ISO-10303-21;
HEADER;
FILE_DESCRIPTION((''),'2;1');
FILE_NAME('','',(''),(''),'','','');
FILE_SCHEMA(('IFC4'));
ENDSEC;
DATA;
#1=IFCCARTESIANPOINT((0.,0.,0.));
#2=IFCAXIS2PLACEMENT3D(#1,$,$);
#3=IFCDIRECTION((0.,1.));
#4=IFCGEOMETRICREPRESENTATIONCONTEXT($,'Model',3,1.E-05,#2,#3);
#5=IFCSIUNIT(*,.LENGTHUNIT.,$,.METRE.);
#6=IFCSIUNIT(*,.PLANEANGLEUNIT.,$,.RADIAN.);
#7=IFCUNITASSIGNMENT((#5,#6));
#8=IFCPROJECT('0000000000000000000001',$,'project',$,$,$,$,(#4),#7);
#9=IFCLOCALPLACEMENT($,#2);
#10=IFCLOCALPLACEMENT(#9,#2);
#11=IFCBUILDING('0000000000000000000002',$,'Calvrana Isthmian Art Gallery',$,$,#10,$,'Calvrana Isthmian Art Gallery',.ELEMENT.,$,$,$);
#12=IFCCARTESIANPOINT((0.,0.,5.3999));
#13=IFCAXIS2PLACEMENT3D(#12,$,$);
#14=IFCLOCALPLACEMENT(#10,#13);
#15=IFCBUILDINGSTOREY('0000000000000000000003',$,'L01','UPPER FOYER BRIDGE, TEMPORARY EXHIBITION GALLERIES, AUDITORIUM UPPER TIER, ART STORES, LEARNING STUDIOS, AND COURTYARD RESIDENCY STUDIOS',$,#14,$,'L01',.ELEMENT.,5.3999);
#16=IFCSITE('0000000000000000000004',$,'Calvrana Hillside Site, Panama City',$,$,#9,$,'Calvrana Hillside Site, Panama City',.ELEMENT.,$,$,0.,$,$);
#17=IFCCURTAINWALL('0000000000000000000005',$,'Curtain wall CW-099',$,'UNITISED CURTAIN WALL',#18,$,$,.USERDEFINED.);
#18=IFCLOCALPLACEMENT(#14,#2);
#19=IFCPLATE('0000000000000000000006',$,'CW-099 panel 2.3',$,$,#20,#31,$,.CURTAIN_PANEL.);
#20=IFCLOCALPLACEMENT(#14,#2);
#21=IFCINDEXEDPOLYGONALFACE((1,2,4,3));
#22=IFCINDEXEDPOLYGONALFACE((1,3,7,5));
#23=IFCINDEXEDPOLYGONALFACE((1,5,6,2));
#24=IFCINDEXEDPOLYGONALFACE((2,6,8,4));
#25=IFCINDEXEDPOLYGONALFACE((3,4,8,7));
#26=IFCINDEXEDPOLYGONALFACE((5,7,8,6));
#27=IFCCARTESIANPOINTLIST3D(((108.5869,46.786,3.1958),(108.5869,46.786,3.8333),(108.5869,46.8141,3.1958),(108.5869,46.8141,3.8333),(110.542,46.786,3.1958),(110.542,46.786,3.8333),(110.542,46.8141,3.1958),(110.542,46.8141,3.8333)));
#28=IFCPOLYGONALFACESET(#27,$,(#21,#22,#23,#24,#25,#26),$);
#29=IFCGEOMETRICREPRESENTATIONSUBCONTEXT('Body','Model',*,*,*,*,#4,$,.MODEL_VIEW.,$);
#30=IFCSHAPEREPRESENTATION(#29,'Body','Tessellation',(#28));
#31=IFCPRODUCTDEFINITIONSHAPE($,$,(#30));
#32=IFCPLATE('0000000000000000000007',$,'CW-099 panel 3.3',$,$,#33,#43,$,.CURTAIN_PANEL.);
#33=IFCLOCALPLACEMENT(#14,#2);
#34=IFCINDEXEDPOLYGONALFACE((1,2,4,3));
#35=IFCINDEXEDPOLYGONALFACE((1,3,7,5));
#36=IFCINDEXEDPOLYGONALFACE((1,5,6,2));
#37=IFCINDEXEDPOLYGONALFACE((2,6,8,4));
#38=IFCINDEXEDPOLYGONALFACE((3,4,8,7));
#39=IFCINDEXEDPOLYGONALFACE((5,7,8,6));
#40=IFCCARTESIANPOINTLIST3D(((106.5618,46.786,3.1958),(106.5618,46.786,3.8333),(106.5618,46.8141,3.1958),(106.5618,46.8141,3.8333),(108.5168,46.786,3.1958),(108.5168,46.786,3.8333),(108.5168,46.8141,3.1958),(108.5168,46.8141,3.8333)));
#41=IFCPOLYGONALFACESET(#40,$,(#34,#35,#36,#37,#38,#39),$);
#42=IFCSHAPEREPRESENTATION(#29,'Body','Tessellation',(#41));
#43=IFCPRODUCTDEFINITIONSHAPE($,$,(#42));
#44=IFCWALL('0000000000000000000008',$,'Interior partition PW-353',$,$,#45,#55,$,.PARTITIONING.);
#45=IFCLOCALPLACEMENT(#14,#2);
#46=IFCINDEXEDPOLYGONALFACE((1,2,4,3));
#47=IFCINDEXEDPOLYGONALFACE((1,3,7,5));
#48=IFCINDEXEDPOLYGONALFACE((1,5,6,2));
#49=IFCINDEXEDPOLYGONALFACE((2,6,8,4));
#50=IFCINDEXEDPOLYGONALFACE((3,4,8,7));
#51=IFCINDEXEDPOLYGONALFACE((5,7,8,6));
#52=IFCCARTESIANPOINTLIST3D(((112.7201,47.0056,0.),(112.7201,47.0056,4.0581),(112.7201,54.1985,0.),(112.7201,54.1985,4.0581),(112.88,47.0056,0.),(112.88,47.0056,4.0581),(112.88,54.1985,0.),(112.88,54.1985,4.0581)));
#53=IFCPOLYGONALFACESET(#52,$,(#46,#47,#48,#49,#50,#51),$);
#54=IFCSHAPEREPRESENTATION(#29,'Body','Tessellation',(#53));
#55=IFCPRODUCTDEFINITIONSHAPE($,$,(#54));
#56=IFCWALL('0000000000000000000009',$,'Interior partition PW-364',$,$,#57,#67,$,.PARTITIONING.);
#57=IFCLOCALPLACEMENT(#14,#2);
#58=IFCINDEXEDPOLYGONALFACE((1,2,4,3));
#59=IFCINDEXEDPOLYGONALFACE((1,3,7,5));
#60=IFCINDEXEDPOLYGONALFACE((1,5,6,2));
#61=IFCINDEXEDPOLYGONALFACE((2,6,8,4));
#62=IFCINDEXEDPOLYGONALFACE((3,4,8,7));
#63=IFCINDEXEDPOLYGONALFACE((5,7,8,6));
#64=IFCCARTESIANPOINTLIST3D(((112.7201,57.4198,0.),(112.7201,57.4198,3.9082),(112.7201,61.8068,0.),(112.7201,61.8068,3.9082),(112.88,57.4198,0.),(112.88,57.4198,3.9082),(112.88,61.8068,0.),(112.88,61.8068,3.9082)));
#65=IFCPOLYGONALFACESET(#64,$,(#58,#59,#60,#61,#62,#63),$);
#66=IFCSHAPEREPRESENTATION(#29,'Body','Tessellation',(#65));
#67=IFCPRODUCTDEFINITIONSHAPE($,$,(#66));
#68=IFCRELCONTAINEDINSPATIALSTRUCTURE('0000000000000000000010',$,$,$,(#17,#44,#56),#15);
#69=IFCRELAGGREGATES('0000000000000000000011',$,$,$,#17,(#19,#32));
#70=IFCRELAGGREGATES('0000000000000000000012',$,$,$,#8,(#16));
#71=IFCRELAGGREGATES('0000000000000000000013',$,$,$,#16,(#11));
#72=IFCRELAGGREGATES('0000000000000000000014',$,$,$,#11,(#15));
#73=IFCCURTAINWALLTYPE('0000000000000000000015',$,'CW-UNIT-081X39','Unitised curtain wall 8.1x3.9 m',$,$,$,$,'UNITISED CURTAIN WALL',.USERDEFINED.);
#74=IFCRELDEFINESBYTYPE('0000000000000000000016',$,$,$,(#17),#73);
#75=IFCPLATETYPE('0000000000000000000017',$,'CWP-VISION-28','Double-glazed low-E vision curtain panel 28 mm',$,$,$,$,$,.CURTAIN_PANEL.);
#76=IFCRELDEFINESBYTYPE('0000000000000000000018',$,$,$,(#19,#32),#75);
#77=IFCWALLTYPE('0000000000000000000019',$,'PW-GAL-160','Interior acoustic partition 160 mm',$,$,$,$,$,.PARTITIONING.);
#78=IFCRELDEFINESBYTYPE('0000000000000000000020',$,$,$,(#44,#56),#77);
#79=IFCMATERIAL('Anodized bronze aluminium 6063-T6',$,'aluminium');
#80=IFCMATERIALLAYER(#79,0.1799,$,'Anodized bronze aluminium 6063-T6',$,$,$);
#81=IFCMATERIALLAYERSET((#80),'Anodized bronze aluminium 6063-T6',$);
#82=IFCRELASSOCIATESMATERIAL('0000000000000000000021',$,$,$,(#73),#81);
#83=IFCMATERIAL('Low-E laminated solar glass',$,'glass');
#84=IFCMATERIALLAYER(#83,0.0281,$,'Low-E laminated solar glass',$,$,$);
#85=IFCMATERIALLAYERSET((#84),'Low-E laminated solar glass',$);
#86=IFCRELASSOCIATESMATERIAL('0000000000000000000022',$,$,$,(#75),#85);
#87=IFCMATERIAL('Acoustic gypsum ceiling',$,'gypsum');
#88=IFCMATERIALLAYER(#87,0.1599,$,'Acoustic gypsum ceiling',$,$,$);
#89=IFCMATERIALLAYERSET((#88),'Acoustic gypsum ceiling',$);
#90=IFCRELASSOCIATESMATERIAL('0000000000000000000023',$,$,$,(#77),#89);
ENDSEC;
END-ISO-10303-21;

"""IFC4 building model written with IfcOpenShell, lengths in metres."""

from ifc_helpers import new_model, si_unit, direction, frame, frame_2d, origin, origin_2d, place, context, subcontext, project, spatial, rectangle, extrude, material, layer, layer_set, type_object, element, aggregate, save


model = new_model("IFC4")

# Units and contexts
model_context = context("Model", 3, precision=1e-05, world=origin(), true_north=direction((0.0, 1.0)))
body_context = subcontext(model_context, "Body", "Model", "MODEL_VIEW")
ifc_project = project(units=[si_unit("LENGTHUNIT", "METRE"), si_unit("PLANEANGLEUNIT", "RADIAN")], contexts=[model_context])

# Site, building, storey
site_placement = place(None, origin())
site = spatial("IfcSite", under=ifc_project, at=site_placement, Name="Calvrana Hillside Site, Panama City", LongName="Calvrana Hillside Site, Panama City", CompositionType="ELEMENT", RefElevation=0.0)
building_placement = place(site_placement, origin())
building = spatial("IfcBuilding", under=site, at=building_placement, Name="Calvrana Isthmian Art Gallery", LongName="Calvrana Isthmian Art Gallery", CompositionType="ELEMENT")
storey_placement = place(building_placement, frame((0.0, 0.0, 5.3999)))
storey = spatial("IfcBuildingStorey", under=building, at=storey_placement, Name="L01", Description="UPPER FOYER BRIDGE, TEMPORARY EXHIBITION GALLERIES, AUDITORIUM UPPER TIER, ART STORES, LEARNING STUDIOS, AND COURTYARD RESIDENCY STUDIOS", LongName="L01", CompositionType="ELEMENT", Elevation=5.3999)

# Curtain wall, plates
ifc_material_1 = material(Name="Anodized bronze aluminium 6063-T6", Category="aluminium")
ifc_layer_1 = layer(ifc_material_1, 0.1799, Name="Anodized bronze aluminium 6063-T6")
ifc_layer_set_1 = layer_set([ifc_layer_1], Name="Anodized bronze aluminium 6063-T6")
curtain_wall_type = type_object("IfcCurtainWallType", Name="CW-UNIT-081X39", Description="Unitised curtain wall 8.1x3.9 m", ElementType="UNITISED CURTAIN WALL", PredefinedType="USERDEFINED", material=ifc_layer_set_1)
curtain_wall_placement = place(storey_placement, origin())
curtain_wall = element("IfcCurtainWall", 1, at=curtain_wall_placement, inside=storey, type_object=curtain_wall_type, Name="Curtain wall CW-099", ObjectType="UNITISED CURTAIN WALL", PredefinedType="USERDEFINED")
ifc_material_2 = material(Name="Low-E laminated solar glass", Category="glass")
ifc_layer_2 = layer(ifc_material_2, 0.0281, Name="Low-E laminated solar glass")
ifc_layer_set_2 = layer_set([ifc_layer_2], Name="Low-E laminated solar glass")
plate_type = type_object("IfcPlateType", Name="CWP-VISION-28", Description="Double-glazed low-E vision curtain panel 28 mm", PredefinedType="CURTAIN_PANEL", material=ifc_layer_set_2)
plate_1_placement = place(storey_placement, frame((109.5645, 46.8, 3.1958), z_axis=(0.0, 0.0, 1.0), x_axis=(-1.0, 0.0, 0.0)))
plate_1 = element("IfcPlate", 2, at=plate_1_placement, type_object=plate_type, Name="CW-099 panel 2.3", PredefinedType="CURTAIN_PANEL", context=body_context, shape_type="SweptSolid", body=[
    extrude(rectangle(XDim=1.9551, YDim=0.0281, at=origin_2d()), origin(), (0.0, 0.0, 1.0), 0.6375),
])
plate_2_placement = place(storey_placement, frame((107.5393, 46.8, 3.1958), z_axis=(0.0, 0.0, 1.0), x_axis=(-1.0, 0.0, 0.0)))
plate_2 = element("IfcPlate", 3, at=plate_2_placement, type_object=plate_type, Name="CW-099 panel 3.3", PredefinedType="CURTAIN_PANEL", context=body_context, shape_type="SweptSolid", body=[
    extrude(rectangle(XDim=1.9551, YDim=0.0281, at=origin_2d()), origin(), (0.0, 0.0, 1.0), 0.6375),
])
aggregate(curtain_wall, [plate_1, plate_2])

# Walls
ifc_material_3 = material(Name="Acoustic gypsum ceiling", Category="gypsum")
ifc_layer_3 = layer(ifc_material_3, 0.1599, Name="Acoustic gypsum ceiling")
ifc_layer_set_3 = layer_set([ifc_layer_3], Name="Acoustic gypsum ceiling")
wall_type = type_object("IfcWallType", Name="PW-GAL-160", Description="Interior acoustic partition 160 mm", PredefinedType="PARTITIONING", material=ifc_layer_set_3)
wall_1_placement = place(storey_placement, frame((112.8, 47.0056, 0.0), z_axis=(0.0, 0.0, 1.0), x_axis=(0.0, 1.0, 0.0)))
element("IfcWall", 4, at=wall_1_placement, inside=storey, type_object=wall_type, Name="Interior partition PW-353", PredefinedType="PARTITIONING", context=body_context, shape_type="SweptSolid", body=[
    extrude(rectangle(XDim=7.1929, YDim=0.1599, at=frame_2d((3.5964, 0.0))), origin(), (0.0, 0.0, 1.0), 4.0581),
])
wall_2_placement = place(storey_placement, frame((112.8, 57.4199, 0.0), z_axis=(0.0, 0.0, 1.0), x_axis=(0.0, 1.0, 0.0)))
element("IfcWall", 5, at=wall_2_placement, inside=storey, type_object=wall_type, Name="Interior partition PW-364", PredefinedType="PARTITIONING", context=body_context, shape_type="SweptSolid", body=[
    extrude(rectangle(XDim=4.387, YDim=0.1599, at=frame_2d((2.1934, 0.0))), origin(), (0.0, 0.0, 1.0), 3.9082),
])

save(model, "model.ifc")
